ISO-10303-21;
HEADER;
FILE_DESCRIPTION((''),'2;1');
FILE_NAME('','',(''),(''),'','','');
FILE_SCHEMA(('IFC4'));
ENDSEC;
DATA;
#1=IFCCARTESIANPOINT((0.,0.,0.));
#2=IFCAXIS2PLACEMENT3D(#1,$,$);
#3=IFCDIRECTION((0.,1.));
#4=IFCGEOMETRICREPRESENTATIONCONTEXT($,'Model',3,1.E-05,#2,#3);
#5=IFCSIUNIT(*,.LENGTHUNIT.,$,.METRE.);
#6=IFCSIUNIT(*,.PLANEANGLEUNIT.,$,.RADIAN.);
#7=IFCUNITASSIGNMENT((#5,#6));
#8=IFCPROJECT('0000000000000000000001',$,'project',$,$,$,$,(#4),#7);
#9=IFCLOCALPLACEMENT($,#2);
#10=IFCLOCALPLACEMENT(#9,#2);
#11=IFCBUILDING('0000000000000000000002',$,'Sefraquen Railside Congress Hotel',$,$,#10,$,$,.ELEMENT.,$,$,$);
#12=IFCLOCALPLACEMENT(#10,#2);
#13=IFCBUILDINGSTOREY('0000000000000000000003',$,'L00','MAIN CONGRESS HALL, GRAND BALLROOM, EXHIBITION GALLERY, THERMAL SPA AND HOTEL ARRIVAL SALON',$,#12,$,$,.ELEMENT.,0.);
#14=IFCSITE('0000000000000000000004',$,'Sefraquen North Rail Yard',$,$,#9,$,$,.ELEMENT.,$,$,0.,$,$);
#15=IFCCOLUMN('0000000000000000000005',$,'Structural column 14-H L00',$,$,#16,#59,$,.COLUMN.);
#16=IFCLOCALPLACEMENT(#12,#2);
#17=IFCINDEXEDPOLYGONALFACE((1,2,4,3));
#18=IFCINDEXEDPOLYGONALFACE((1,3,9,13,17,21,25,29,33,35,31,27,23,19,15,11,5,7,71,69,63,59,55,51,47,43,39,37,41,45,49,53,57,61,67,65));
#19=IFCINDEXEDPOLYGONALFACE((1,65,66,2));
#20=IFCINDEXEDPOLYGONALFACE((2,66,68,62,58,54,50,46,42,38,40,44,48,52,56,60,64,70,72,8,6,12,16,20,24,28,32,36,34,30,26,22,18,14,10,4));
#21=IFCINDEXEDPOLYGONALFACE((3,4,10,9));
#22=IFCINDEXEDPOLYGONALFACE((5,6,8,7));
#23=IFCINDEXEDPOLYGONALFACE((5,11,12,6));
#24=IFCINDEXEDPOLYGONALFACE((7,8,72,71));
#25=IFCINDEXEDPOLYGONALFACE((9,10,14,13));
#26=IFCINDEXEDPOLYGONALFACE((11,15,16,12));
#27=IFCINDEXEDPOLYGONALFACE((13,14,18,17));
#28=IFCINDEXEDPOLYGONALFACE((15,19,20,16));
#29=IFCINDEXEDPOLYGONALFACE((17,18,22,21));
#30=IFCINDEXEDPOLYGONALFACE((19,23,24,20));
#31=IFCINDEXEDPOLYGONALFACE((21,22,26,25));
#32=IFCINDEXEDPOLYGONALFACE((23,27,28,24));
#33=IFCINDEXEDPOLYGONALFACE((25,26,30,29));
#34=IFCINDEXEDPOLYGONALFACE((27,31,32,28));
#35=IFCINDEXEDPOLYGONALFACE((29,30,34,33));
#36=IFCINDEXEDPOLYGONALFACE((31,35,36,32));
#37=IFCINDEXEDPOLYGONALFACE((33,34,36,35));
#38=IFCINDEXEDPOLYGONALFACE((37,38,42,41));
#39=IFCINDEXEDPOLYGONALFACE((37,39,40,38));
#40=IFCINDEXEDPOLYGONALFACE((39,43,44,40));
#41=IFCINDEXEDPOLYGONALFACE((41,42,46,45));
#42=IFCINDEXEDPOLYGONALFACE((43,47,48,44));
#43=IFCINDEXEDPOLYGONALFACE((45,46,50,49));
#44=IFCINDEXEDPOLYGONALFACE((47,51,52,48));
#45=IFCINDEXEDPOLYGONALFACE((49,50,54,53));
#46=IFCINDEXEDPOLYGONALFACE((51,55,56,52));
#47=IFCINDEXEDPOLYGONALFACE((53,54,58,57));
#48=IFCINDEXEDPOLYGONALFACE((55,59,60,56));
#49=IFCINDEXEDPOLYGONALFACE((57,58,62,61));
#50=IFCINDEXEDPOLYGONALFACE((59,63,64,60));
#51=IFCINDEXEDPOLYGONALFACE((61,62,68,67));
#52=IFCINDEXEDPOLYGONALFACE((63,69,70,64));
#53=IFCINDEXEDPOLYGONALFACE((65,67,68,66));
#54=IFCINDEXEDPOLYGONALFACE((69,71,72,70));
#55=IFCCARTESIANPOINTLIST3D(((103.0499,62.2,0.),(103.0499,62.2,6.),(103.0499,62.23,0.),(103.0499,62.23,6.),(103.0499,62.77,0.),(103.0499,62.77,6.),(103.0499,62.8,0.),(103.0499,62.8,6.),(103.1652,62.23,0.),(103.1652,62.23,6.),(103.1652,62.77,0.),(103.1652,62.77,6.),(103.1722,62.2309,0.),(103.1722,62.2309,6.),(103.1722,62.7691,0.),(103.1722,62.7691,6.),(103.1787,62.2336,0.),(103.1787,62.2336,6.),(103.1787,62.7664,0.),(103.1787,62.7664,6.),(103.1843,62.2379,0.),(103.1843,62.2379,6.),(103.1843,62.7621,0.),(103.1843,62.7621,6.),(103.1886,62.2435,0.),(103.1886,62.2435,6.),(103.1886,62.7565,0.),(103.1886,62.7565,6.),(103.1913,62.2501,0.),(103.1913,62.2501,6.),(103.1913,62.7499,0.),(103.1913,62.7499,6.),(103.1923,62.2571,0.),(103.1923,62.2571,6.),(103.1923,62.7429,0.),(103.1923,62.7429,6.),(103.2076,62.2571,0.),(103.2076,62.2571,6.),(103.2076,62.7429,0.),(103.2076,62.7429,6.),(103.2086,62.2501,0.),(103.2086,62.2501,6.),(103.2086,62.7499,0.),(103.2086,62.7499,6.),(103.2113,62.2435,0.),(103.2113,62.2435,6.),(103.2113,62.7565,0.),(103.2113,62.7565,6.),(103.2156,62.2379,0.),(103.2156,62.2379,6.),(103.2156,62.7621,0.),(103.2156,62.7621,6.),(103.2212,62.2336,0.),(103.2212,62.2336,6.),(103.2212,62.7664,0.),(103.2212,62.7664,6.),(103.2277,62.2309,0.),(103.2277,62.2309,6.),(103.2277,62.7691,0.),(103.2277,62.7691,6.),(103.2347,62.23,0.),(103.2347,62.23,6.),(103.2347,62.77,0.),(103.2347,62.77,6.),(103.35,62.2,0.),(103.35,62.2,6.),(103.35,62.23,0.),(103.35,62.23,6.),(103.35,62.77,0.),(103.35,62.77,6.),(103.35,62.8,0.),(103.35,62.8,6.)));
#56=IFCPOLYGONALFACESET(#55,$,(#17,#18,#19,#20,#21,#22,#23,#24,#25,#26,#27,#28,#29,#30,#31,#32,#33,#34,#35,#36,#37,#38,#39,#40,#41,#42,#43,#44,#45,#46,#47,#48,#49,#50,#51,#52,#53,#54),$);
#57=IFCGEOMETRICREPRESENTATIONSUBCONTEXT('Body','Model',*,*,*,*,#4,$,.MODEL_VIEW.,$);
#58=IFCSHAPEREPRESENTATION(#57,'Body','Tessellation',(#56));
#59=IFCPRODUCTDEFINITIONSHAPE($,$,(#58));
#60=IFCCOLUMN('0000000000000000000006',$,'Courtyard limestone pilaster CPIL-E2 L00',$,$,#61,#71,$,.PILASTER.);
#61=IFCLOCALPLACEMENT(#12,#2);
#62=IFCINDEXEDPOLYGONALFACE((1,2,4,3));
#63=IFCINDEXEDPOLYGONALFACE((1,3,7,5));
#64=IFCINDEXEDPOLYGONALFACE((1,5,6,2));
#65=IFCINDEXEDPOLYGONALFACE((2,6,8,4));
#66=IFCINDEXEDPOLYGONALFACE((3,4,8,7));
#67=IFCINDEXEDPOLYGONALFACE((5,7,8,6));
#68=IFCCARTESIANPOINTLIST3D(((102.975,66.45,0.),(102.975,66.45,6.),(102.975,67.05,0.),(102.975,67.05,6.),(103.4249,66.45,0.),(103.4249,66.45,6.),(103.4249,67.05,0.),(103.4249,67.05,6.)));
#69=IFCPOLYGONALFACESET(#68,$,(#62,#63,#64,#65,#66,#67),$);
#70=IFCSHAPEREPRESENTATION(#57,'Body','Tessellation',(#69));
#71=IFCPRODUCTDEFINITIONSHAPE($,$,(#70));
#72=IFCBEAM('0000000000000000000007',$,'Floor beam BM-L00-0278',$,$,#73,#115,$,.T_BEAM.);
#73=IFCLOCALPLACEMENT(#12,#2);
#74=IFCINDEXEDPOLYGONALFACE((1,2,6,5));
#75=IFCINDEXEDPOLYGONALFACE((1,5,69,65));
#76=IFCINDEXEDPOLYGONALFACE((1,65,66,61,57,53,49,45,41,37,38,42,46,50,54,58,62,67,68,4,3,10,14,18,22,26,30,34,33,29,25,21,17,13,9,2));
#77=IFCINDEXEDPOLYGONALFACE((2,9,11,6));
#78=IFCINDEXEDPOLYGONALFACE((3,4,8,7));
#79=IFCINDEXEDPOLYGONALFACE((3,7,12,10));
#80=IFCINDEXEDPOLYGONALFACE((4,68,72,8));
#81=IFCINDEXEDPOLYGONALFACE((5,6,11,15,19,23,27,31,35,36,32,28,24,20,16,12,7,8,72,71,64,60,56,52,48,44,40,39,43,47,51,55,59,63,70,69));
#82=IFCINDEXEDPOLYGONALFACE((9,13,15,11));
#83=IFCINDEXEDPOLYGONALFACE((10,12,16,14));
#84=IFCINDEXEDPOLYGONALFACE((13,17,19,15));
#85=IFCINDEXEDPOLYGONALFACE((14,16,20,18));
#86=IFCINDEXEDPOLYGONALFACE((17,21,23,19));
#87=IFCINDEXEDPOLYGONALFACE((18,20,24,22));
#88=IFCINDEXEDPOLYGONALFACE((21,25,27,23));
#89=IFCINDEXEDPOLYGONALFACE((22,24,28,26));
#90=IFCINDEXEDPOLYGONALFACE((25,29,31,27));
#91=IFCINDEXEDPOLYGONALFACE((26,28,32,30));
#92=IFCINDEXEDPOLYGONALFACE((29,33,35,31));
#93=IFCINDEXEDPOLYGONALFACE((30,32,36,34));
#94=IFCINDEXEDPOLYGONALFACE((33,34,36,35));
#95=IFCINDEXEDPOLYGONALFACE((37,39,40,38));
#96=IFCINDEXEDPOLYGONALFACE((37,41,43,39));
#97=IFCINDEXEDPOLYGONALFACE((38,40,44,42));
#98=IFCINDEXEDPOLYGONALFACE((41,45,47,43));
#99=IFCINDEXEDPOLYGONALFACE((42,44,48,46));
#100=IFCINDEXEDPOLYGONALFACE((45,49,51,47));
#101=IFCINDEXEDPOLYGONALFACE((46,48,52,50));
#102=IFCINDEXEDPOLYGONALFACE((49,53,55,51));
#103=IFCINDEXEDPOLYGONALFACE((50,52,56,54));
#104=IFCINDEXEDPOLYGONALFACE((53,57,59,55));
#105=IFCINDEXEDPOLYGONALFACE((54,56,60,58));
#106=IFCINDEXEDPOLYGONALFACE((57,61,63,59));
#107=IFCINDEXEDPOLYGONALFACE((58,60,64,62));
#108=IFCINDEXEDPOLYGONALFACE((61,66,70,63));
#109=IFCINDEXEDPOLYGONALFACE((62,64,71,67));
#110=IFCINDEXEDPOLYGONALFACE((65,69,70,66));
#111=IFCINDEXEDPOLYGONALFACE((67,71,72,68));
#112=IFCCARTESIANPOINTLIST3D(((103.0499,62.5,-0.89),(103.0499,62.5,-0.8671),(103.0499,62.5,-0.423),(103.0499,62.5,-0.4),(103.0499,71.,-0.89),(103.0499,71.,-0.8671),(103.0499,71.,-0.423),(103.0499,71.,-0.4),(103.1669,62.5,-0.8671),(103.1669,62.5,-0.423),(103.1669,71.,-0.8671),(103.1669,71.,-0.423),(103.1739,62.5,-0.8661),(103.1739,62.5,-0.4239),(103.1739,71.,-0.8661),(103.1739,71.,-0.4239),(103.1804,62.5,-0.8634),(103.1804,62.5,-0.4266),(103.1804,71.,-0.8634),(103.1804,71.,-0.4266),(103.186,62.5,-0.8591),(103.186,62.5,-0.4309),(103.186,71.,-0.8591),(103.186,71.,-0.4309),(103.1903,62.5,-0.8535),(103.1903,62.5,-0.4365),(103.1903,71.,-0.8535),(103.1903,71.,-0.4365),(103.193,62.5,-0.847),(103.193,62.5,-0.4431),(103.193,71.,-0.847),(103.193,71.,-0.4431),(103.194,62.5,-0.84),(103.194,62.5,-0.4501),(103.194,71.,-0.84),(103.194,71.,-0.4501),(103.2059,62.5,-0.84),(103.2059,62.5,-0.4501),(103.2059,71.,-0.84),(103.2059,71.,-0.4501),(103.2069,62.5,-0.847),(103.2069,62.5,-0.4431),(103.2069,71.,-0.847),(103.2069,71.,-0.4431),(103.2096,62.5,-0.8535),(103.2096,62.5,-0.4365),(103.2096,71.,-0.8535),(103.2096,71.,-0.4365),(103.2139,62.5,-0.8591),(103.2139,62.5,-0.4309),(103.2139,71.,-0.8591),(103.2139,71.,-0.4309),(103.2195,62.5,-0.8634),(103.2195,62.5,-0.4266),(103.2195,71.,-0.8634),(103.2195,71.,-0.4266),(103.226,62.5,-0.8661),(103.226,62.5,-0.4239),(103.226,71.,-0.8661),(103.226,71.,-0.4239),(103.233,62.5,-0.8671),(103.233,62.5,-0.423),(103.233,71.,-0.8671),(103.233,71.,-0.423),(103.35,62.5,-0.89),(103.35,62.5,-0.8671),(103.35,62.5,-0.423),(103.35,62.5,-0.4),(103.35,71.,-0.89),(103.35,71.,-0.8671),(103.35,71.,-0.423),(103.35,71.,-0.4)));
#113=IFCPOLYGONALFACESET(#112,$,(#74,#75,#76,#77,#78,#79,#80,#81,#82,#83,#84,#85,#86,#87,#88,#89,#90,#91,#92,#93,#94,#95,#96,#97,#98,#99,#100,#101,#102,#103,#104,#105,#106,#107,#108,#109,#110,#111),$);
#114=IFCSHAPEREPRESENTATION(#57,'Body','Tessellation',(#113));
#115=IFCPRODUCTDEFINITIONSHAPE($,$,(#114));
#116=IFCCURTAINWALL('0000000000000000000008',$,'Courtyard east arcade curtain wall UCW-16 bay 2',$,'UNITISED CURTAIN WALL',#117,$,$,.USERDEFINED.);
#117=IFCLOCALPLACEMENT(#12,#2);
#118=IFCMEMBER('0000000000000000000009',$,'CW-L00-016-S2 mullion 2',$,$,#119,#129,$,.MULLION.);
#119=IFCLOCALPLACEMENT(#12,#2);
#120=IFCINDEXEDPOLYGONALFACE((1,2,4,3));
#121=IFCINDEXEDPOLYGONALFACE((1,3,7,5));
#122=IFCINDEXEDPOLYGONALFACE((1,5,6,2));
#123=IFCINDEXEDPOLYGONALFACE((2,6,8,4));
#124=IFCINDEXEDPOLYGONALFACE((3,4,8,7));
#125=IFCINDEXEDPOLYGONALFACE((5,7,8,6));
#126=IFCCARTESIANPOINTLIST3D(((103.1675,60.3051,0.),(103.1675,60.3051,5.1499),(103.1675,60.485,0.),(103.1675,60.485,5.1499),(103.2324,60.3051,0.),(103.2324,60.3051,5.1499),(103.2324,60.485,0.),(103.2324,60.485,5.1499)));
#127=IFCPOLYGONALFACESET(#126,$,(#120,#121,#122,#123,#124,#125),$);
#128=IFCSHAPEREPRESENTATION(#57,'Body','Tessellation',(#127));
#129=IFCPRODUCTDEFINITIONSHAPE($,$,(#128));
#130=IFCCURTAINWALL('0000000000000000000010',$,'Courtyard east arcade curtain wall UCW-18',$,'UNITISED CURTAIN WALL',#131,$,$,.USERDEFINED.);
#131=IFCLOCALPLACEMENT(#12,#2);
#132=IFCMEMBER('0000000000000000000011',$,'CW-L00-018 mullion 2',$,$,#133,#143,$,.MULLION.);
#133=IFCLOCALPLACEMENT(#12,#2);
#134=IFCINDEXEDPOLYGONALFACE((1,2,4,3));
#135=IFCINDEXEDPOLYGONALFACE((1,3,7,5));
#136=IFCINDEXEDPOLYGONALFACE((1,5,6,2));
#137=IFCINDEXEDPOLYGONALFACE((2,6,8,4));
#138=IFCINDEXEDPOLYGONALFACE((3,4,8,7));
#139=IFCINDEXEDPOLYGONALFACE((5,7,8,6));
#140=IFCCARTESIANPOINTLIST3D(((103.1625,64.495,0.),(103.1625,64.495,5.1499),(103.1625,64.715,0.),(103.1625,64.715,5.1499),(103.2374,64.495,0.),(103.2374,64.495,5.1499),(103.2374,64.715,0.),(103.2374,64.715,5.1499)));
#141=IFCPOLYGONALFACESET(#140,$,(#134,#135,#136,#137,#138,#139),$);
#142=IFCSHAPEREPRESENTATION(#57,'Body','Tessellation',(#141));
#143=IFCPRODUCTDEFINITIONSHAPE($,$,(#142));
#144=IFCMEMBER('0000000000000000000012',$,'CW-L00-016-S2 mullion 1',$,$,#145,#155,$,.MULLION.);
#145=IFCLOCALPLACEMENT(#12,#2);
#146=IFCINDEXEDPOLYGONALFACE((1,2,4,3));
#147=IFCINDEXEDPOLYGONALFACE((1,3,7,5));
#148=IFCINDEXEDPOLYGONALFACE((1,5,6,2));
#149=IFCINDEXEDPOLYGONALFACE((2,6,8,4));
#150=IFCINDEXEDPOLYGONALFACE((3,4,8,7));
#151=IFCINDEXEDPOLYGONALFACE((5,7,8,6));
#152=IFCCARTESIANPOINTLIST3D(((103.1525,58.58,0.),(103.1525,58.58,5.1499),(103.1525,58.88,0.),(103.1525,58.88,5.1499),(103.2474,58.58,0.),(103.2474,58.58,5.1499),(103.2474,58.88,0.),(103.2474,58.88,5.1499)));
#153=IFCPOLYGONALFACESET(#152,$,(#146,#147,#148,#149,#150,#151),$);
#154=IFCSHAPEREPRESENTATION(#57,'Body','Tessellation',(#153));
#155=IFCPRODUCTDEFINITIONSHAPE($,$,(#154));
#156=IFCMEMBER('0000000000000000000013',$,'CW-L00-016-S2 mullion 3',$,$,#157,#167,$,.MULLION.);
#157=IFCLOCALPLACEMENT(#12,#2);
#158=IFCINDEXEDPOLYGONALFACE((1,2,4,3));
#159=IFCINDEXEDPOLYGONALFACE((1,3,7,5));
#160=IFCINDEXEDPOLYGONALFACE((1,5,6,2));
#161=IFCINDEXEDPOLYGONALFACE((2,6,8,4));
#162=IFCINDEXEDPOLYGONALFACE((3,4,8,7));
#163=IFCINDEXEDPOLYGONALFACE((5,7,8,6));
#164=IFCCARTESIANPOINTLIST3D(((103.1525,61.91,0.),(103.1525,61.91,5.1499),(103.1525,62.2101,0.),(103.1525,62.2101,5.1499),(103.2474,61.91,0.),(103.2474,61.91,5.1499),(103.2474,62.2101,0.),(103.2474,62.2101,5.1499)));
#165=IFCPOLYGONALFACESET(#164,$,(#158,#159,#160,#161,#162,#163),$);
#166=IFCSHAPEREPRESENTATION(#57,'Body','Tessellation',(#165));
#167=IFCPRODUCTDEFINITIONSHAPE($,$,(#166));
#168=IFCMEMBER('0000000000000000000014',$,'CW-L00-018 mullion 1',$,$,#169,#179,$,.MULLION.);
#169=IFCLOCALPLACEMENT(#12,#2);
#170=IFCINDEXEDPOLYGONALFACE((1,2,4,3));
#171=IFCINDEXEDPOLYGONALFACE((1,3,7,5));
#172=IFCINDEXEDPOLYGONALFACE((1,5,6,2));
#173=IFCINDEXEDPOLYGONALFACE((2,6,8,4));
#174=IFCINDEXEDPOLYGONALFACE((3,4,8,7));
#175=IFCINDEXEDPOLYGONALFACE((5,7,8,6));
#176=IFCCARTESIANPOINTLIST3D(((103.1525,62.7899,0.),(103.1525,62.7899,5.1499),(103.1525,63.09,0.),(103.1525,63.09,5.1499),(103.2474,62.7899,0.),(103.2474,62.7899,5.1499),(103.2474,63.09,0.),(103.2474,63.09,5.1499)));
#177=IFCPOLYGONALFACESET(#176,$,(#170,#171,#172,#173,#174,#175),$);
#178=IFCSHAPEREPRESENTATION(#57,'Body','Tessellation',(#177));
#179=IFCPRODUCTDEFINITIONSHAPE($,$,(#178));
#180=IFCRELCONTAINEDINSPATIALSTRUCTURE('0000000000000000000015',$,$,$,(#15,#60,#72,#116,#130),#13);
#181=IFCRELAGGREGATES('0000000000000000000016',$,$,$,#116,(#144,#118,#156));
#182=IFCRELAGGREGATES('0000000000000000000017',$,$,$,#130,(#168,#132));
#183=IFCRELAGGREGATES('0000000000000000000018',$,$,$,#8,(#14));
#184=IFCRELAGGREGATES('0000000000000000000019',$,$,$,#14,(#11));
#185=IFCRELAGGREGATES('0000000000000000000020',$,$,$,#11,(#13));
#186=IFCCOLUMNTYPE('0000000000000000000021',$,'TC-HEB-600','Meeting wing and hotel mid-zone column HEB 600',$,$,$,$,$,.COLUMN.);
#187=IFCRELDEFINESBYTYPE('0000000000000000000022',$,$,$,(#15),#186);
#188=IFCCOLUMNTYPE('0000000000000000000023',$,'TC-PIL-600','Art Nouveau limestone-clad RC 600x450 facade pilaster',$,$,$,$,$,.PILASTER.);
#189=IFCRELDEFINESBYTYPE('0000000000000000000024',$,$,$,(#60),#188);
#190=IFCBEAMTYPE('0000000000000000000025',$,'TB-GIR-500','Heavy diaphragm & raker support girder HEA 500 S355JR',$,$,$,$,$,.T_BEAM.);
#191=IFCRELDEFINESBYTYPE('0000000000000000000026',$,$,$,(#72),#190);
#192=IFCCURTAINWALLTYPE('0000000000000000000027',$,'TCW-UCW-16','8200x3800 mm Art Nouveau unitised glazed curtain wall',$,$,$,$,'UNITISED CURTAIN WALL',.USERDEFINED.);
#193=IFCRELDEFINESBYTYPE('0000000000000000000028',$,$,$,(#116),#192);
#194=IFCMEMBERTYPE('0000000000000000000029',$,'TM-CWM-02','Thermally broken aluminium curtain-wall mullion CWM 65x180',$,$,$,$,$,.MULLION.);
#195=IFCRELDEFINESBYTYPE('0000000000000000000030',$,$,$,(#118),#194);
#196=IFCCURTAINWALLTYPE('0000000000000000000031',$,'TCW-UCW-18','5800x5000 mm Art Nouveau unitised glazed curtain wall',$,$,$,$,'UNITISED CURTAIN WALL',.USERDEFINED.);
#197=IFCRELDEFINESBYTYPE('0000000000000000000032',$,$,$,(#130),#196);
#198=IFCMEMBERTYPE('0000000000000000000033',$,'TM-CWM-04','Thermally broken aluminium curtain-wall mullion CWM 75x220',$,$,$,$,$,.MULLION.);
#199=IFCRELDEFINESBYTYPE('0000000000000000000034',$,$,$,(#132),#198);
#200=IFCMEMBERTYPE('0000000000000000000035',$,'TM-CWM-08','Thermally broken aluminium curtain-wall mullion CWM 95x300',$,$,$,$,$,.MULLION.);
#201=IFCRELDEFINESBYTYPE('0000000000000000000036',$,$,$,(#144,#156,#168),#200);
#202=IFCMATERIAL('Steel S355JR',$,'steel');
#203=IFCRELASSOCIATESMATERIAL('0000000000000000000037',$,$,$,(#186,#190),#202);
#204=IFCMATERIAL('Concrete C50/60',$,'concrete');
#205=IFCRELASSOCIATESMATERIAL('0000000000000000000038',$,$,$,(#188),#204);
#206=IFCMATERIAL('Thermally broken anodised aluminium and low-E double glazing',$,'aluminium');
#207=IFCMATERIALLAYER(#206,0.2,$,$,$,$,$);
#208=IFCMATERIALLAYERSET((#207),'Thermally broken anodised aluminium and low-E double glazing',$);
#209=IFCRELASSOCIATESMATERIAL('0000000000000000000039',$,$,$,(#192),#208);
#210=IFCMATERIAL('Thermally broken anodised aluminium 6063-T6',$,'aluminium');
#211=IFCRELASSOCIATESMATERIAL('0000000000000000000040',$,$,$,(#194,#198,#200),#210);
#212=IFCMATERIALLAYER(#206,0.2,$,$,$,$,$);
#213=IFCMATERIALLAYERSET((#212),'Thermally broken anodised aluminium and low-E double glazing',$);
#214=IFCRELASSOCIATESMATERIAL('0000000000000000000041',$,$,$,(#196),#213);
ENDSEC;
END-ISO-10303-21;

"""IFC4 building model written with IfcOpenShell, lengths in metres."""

from ifc_helpers import new_model, si_unit, direction, frame, origin, origin_2d, place, context, subcontext, project, spatial, rectangle, i_section, extrude, material, layer, layer_set, material_profile, profile_set, type_object, element, aggregate, save


model = new_model("IFC4")

# Units and contexts
model_context = context("Model", 3, precision=1e-05, world=origin(), true_north=direction((0.0, 1.0)))
body_context = subcontext(model_context, "Body", "Model", "MODEL_VIEW")
ifc_project = project(units=[si_unit("LENGTHUNIT", "METRE"), si_unit("PLANEANGLEUNIT", "RADIAN")], contexts=[model_context])

# Site, building, storey
site_placement = place(None, origin())
site = spatial("IfcSite", under=ifc_project, at=site_placement, Name="Sefraquen North Rail Yard", CompositionType="ELEMENT", RefElevation=0.0)
building_placement = place(site_placement, origin())
building = spatial("IfcBuilding", under=site, at=building_placement, Name="Sefraquen Railside Congress Hotel", CompositionType="ELEMENT")
storey_placement = place(building_placement, origin())
storey = spatial("IfcBuildingStorey", under=building, at=storey_placement, Name="L00", Description="MAIN CONGRESS HALL, GRAND BALLROOM, EXHIBITION GALLERY, THERMAL SPA AND HOTEL ARRIVAL SALON", CompositionType="ELEMENT", Elevation=0.0)

# Columns
ifc_material_1 = material(Name="Steel S355JR", Category="steel")
ifc_material_profile_1 = material_profile(ifc_material_1, i_section(OverallWidth=0.3, OverallDepth=0.6001, WebThickness=0.0154, FlangeThickness=0.03, FilletRadius=0.0271, at=origin_2d()), Name="HEB 600")
ifc_profile_set_1 = profile_set([ifc_material_profile_1], Name="Steel S355JR")
column_type_1 = type_object("IfcColumnType", Name="TC-HEB-600", Description="Meeting wing and hotel mid-zone column HEB 600", PredefinedType="COLUMN", material=ifc_profile_set_1)
column_1_placement = place(storey_placement, frame((103.2, 62.5, 0.0), z_axis=(0.0, 0.0, 1.0), x_axis=(1.0, 0.0, 0.0)))
element("IfcColumn", 1, at=column_1_placement, inside=storey, type_object=column_type_1, Name="Structural column 14-H L00", PredefinedType="COLUMN", context=body_context, shape_type="SweptSolid", body=[
    extrude(i_section(OverallWidth=0.3, OverallDepth=0.6001, WebThickness=0.0154, FlangeThickness=0.03, FilletRadius=0.0271, at=origin_2d()), origin(), (0.0, 0.0, 1.0), 6.0),
])
ifc_material_2 = material(Name="Concrete C50/60", Category="concrete")
ifc_material_profile_2 = material_profile(ifc_material_2, rectangle(XDim=0.45, YDim=0.6001, at=origin_2d()), Name="RC 600x450")
ifc_profile_set_2 = profile_set([ifc_material_profile_2], Name="Concrete C50/60")
column_type_2 = type_object("IfcColumnType", Name="TC-PIL-600", Description="Art Nouveau limestone-clad RC 600x450 facade pilaster", PredefinedType="PILASTER", material=ifc_profile_set_2)
column_2_placement = place(storey_placement, frame((103.2, 66.75, 0.0), z_axis=(0.0, 0.0, 1.0), x_axis=(1.0, 0.0, 0.0)))
element("IfcColumn", 2, at=column_2_placement, inside=storey, type_object=column_type_2, Name="Courtyard limestone pilaster CPIL-E2 L00", PredefinedType="PILASTER", context=body_context, shape_type="SweptSolid", body=[
    extrude(rectangle(XDim=0.45, YDim=0.6001, at=origin_2d()), origin(), (0.0, 0.0, 1.0), 6.0),
])

# Beam
ifc_material_profile_3 = material_profile(ifc_material_1, i_section(OverallWidth=0.3, OverallDepth=0.49, WebThickness=0.012, FlangeThickness=0.0229, FilletRadius=0.0271, at=origin_2d()), Name="HEA 500")
ifc_profile_set_3 = profile_set([ifc_material_profile_3], Name="Steel S355JR")
beam_type = type_object("IfcBeamType", Name="TB-GIR-500", Description="Heavy diaphragm & raker support girder HEA 500 S355JR", PredefinedType="T_BEAM", material=ifc_profile_set_3)
beam_placement = place(storey_placement, frame((103.2, 62.5, -0.645), z_axis=(0.0, 1.0, 0.0), x_axis=(-1.0, 0.0, 0.0)))
element("IfcBeam", 3, at=beam_placement, inside=storey, type_object=beam_type, Name="Floor beam BM-L00-0278", PredefinedType="T_BEAM", context=body_context, shape_type="SweptSolid", body=[
    extrude(i_section(OverallWidth=0.3, OverallDepth=0.49, WebThickness=0.012, FlangeThickness=0.0229, FilletRadius=0.0271, at=origin_2d()), origin(), (0.0, 0.0, 1.0), 8.5),
])

# Curtain walls, members
ifc_material_3 = material(Name="Thermally broken anodised aluminium and low-E double glazing", Category="aluminium")
ifc_layer_1 = layer(ifc_material_3, 0.2)
ifc_layer_set_1 = layer_set([ifc_layer_1], Name="Thermally broken anodised aluminium and low-E double glazing")
curtain_wall_type_1 = type_object("IfcCurtainWallType", Name="TCW-UCW-16", Description="8200x3800 mm Art Nouveau unitised glazed curtain wall", ElementType="UNITISED CURTAIN WALL", PredefinedType="USERDEFINED", material=ifc_layer_set_1)
curtain_wall_1_placement = place(storey_placement, origin())
curtain_wall_1 = element("IfcCurtainWall", 4, at=curtain_wall_1_placement, inside=storey, type_object=curtain_wall_type_1, Name="Courtyard east arcade curtain wall UCW-16 bay 2", ObjectType="UNITISED CURTAIN WALL", PredefinedType="USERDEFINED")
ifc_material_4 = material(Name="Thermally broken anodised aluminium 6063-T6", Category="aluminium")
ifc_material_profile_4 = material_profile(ifc_material_4, rectangle(XDim=0.0649, YDim=0.1799, at=origin_2d()), Name="CWM 65x180")
ifc_profile_set_4 = profile_set([ifc_material_profile_4], Name="Thermally broken anodised aluminium 6063-T6")
member_type_1 = type_object("IfcMemberType", Name="TM-CWM-02", Description="Thermally broken aluminium curtain-wall mullion CWM 65x180", PredefinedType="MULLION", material=ifc_profile_set_4)
member_1_placement = place(storey_placement, frame((103.2, 60.395, 0.0), z_axis=(0.0, 0.0, 1.0), x_axis=(1.0, 0.0, 0.0)))
member_1 = element("IfcMember", 5, at=member_1_placement, type_object=member_type_1, Name="CW-L00-016-S2 mullion 2", PredefinedType="MULLION", context=body_context, shape_type="SweptSolid", body=[
    extrude(rectangle(XDim=0.0649, YDim=0.1799, at=origin_2d()), origin(), (0.0, 0.0, 1.0), 5.1499),
])
ifc_layer_2 = layer(ifc_material_3, 0.2)
ifc_layer_set_2 = layer_set([ifc_layer_2], Name="Thermally broken anodised aluminium and low-E double glazing")
curtain_wall_type_2 = type_object("IfcCurtainWallType", Name="TCW-UCW-18", Description="5800x5000 mm Art Nouveau unitised glazed curtain wall", ElementType="UNITISED CURTAIN WALL", PredefinedType="USERDEFINED", material=ifc_layer_set_2)
curtain_wall_2_placement = place(storey_placement, origin())
curtain_wall_2 = element("IfcCurtainWall", 6, at=curtain_wall_2_placement, inside=storey, type_object=curtain_wall_type_2, Name="Courtyard east arcade curtain wall UCW-18", ObjectType="UNITISED CURTAIN WALL", PredefinedType="USERDEFINED")
ifc_material_profile_5 = material_profile(ifc_material_4, rectangle(XDim=0.075, YDim=0.22, at=origin_2d()), Name="CWM 75x220")
ifc_profile_set_5 = profile_set([ifc_material_profile_5], Name="Thermally broken anodised aluminium 6063-T6")
member_type_2 = type_object("IfcMemberType", Name="TM-CWM-04", Description="Thermally broken aluminium curtain-wall mullion CWM 75x220", PredefinedType="MULLION", material=ifc_profile_set_5)
member_2_placement = place(storey_placement, frame((103.2, 64.605, 0.0), z_axis=(0.0, 0.0, 1.0), x_axis=(1.0, 0.0, 0.0)))
member_2 = element("IfcMember", 7, at=member_2_placement, type_object=member_type_2, Name="CW-L00-018 mullion 2", PredefinedType="MULLION", context=body_context, shape_type="SweptSolid", body=[
    extrude(rectangle(XDim=0.075, YDim=0.22, at=origin_2d()), origin(), (0.0, 0.0, 1.0), 5.1499),
])

# Members
ifc_material_profile_6 = material_profile(ifc_material_4, rectangle(XDim=0.095, YDim=0.3, at=origin_2d()), Name="CWM 95x300")
ifc_profile_set_6 = profile_set([ifc_material_profile_6], Name="Thermally broken anodised aluminium 6063-T6")
member_type_3 = type_object("IfcMemberType", Name="TM-CWM-08", Description="Thermally broken aluminium curtain-wall mullion CWM 95x300", PredefinedType="MULLION", material=ifc_profile_set_6)
member_3_placement = place(storey_placement, frame((103.2, 58.73, 0.0), z_axis=(0.0, 0.0, 1.0), x_axis=(1.0, 0.0, 0.0)))
member_3 = element("IfcMember", 8, at=member_3_placement, type_object=member_type_3, Name="CW-L00-016-S2 mullion 1", PredefinedType="MULLION", context=body_context, shape_type="SweptSolid", body=[
    extrude(rectangle(XDim=0.095, YDim=0.3, at=origin_2d()), origin(), (0.0, 0.0, 1.0), 5.1499),
])
member_4_placement = place(storey_placement, frame((103.2, 62.0601, 0.0), z_axis=(0.0, 0.0, 1.0), x_axis=(1.0, 0.0, 0.0)))
member_4 = element("IfcMember", 9, at=member_4_placement, type_object=member_type_3, Name="CW-L00-016-S2 mullion 3", PredefinedType="MULLION", context=body_context, shape_type="SweptSolid", body=[
    extrude(rectangle(XDim=0.095, YDim=0.3, at=origin_2d()), origin(), (0.0, 0.0, 1.0), 5.1499),
])
member_5_placement = place(storey_placement, frame((103.2, 62.9399, 0.0), z_axis=(0.0, 0.0, 1.0), x_axis=(1.0, 0.0, 0.0)))
member_5 = element("IfcMember", 10, at=member_5_placement, type_object=member_type_3, Name="CW-L00-018 mullion 1", PredefinedType="MULLION", context=body_context, shape_type="SweptSolid", body=[
    extrude(rectangle(XDim=0.095, YDim=0.3, at=origin_2d()), origin(), (0.0, 0.0, 1.0), 5.1499),
])

aggregate(curtain_wall_1, [member_3, member_1, member_4])
aggregate(curtain_wall_2, [member_5, member_2])

save(model, "model.ifc")
